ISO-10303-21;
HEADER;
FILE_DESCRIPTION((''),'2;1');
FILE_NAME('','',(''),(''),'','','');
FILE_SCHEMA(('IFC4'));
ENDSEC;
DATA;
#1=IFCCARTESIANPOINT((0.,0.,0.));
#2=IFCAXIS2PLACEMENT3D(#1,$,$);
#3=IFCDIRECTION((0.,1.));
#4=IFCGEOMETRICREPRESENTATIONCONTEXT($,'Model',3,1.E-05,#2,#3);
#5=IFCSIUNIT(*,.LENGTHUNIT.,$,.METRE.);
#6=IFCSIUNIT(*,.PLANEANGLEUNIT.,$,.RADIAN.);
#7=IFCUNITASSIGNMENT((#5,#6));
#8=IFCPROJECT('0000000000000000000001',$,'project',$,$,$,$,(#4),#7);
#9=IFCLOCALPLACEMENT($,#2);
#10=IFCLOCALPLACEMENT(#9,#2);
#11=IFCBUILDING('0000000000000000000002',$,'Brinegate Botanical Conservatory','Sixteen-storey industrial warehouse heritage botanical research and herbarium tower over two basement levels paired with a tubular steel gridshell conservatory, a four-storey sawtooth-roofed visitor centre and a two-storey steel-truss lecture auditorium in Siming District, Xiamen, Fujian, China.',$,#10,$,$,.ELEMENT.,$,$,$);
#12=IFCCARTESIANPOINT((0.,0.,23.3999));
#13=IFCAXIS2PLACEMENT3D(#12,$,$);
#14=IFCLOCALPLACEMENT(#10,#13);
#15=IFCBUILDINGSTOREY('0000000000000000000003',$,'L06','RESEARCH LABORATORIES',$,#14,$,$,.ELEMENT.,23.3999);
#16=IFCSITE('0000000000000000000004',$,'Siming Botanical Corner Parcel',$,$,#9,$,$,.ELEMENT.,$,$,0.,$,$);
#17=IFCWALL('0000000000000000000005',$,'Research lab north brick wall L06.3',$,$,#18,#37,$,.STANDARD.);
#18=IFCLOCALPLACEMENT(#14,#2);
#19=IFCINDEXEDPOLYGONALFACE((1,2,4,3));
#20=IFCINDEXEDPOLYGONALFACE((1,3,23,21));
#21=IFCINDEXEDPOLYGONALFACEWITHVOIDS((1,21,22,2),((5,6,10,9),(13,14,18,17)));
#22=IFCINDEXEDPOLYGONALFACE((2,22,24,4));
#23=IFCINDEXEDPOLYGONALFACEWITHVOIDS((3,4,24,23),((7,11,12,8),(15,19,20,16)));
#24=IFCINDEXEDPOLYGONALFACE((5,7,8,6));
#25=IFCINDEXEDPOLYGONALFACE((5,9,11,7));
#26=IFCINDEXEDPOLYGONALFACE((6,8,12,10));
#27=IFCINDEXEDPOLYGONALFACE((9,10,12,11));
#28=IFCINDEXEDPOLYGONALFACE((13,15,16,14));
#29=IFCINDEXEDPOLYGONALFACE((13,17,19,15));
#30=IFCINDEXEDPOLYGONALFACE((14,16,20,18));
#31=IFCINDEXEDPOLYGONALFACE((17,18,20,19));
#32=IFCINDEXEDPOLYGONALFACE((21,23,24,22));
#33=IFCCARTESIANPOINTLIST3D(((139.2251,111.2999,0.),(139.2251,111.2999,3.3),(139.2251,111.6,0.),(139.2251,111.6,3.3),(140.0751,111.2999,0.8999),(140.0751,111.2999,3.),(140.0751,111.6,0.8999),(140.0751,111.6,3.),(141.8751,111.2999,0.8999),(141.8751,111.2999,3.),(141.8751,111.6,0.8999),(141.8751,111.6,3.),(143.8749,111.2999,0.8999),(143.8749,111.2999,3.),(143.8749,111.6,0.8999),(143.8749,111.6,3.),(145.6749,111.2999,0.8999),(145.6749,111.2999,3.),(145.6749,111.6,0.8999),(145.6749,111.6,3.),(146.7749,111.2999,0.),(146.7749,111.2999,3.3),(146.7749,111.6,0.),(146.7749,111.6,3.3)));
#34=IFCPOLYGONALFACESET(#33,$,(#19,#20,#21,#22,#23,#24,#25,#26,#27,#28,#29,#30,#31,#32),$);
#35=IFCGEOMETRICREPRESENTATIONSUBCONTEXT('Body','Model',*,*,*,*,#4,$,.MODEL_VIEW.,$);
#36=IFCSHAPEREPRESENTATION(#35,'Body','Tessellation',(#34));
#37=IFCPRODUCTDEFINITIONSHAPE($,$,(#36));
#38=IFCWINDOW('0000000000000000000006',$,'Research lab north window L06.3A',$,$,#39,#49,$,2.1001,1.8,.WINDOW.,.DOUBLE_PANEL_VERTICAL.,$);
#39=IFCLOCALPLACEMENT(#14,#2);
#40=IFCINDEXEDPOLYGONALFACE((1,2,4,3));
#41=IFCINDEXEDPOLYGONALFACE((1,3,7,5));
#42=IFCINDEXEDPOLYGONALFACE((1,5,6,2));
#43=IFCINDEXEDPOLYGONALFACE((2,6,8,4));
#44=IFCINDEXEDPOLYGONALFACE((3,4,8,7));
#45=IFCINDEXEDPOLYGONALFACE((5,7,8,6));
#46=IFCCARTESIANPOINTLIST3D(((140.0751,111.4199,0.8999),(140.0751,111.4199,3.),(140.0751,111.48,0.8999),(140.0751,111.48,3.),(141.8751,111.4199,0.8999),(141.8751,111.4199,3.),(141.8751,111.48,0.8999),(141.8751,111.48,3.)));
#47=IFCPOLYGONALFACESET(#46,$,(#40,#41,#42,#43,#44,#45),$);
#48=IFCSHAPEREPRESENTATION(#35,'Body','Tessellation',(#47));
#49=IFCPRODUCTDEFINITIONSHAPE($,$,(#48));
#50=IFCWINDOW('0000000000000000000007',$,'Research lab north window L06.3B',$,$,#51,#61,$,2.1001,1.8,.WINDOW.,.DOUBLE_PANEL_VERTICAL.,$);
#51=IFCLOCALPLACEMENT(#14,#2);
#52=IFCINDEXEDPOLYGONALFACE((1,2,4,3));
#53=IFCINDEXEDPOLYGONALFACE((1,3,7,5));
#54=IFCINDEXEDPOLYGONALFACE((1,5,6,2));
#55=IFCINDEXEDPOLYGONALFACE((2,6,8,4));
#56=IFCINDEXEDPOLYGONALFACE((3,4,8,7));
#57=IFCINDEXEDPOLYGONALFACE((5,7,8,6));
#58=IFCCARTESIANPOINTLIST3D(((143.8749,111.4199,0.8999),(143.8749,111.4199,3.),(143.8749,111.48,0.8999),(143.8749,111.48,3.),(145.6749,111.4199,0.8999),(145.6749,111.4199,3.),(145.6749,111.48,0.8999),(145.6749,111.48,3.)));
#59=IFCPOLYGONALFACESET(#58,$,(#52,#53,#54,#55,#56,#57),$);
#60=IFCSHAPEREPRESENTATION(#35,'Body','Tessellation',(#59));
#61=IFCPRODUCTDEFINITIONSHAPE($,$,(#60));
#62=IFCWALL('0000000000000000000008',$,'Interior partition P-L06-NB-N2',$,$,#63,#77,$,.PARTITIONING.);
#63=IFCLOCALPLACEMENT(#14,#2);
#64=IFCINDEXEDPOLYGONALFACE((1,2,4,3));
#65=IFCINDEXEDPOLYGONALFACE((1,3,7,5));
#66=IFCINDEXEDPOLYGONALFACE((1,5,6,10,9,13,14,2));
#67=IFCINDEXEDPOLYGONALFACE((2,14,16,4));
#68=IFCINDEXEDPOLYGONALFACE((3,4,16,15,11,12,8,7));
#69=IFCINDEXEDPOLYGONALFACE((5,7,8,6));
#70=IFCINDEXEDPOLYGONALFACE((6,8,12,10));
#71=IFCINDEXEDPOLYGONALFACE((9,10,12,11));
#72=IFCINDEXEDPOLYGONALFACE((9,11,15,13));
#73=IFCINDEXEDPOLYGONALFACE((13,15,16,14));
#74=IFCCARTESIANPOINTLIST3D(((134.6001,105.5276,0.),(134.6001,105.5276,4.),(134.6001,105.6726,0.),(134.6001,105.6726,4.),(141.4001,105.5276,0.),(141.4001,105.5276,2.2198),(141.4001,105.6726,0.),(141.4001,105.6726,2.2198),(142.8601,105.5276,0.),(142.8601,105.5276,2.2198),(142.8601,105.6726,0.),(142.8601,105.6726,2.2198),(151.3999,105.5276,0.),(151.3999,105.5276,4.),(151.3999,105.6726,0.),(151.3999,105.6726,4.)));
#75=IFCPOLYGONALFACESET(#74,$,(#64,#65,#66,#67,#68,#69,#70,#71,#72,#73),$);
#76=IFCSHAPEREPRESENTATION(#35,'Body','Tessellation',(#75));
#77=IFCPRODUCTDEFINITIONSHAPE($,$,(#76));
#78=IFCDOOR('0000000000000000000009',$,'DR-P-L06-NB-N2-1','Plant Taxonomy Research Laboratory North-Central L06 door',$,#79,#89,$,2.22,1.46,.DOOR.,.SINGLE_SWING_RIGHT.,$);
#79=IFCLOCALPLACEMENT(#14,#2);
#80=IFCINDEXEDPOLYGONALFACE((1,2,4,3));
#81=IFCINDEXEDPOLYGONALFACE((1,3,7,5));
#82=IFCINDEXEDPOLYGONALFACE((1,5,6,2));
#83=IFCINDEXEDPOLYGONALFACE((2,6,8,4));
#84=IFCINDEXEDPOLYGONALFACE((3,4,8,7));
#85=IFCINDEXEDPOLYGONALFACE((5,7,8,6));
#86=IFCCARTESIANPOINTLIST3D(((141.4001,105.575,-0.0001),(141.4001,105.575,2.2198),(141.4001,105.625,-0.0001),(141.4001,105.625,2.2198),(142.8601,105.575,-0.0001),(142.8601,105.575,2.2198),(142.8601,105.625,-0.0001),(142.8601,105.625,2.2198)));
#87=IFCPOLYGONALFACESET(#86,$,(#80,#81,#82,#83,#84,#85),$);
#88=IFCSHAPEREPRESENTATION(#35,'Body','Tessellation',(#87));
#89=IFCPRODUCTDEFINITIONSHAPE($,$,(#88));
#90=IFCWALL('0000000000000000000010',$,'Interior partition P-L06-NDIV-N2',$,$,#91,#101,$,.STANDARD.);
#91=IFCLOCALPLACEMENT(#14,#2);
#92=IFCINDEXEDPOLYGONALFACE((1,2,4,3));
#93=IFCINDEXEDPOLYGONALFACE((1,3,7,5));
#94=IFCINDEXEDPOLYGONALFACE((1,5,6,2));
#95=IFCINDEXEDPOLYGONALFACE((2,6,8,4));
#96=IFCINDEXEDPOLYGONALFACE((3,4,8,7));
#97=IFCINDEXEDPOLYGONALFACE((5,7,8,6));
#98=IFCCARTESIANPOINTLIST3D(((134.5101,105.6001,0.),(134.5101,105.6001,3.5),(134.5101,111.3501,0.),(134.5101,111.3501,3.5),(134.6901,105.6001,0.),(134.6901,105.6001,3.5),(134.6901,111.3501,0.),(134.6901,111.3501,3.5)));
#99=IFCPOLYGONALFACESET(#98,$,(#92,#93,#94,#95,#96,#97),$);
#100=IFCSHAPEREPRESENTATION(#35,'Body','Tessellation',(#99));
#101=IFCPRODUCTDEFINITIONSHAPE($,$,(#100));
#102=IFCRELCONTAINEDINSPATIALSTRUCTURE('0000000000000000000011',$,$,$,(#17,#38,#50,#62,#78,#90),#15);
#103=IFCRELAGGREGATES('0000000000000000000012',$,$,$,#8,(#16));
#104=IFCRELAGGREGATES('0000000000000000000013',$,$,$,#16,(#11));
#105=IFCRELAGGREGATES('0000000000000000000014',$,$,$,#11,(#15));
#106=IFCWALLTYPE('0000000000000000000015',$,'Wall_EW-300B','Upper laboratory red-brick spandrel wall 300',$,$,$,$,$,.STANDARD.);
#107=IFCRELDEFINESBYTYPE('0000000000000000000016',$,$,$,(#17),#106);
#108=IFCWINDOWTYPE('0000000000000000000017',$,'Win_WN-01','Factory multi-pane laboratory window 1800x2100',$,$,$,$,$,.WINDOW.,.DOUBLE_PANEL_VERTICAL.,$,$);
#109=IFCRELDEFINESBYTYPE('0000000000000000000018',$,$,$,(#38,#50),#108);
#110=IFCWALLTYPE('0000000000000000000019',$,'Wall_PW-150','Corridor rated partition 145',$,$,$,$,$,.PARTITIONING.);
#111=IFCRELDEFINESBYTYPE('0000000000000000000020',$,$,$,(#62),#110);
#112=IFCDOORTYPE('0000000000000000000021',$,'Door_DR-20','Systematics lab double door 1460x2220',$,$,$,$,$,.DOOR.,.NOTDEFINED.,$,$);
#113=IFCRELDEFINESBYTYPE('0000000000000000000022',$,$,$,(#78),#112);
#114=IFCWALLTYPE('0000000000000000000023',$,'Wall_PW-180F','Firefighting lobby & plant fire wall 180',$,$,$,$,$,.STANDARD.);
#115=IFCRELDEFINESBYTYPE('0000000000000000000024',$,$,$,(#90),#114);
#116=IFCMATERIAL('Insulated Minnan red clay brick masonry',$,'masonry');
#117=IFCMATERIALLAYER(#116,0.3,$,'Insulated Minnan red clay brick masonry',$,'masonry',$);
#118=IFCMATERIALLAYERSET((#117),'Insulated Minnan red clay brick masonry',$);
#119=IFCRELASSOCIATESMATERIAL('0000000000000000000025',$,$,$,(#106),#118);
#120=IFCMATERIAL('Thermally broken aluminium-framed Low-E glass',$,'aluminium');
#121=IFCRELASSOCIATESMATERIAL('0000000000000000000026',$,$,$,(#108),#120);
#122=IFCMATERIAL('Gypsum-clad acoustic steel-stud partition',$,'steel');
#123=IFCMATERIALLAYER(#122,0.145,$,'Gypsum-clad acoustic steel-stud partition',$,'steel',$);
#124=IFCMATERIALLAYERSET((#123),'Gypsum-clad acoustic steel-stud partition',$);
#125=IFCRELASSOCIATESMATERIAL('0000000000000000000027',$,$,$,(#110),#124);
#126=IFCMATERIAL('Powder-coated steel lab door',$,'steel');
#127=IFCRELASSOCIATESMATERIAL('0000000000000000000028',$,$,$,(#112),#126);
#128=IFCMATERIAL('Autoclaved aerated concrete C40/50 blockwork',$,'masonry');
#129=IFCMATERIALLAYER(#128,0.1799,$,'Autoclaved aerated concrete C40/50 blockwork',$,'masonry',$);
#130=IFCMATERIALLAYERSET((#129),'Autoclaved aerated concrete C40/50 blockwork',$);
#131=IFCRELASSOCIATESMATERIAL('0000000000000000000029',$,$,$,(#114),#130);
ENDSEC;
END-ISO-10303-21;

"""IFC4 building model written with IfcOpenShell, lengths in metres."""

from ifc_helpers import new_model, si_unit, direction, frame, frame_2d, origin, place, context, subcontext, project, spatial, rectangle, extrude, material, layer, layer_set, type_object, element, fill, save


model = new_model("IFC4")

# Units and contexts
model_context = context("Model", 3, precision=1e-05, world=origin(), true_north=direction((0.0, 1.0)))
body_context = subcontext(model_context, "Body", "Model", "MODEL_VIEW")
ifc_project = project(units=[si_unit("LENGTHUNIT", "METRE"), si_unit("PLANEANGLEUNIT", "RADIAN")], contexts=[model_context])

# Site, building, storey
site_placement = place(None, origin())
site = spatial("IfcSite", under=ifc_project, at=site_placement, Name="Siming Botanical Corner Parcel", CompositionType="ELEMENT", RefElevation=0.0)
building_placement = place(site_placement, origin())
building = spatial("IfcBuilding", under=site, at=building_placement, Name="Brinegate Botanical Conservatory", Description="Sixteen-storey industrial warehouse heritage botanical research and herbarium tower over two basement levels paired with a tubular steel gridshell conservatory, a four-storey sawtooth-roofed visitor centre and a two-storey steel-truss lecture auditorium in Siming District, Xiamen, Fujian, China.", CompositionType="ELEMENT")
storey_placement = place(building_placement, frame((0.0, 0.0, 23.3999)))
storey = spatial("IfcBuildingStorey", under=building, at=storey_placement, Name="L06", Description="RESEARCH LABORATORIES", CompositionType="ELEMENT", Elevation=23.3999)

# Wall, openings, windows
ifc_material_1 = material(Name="Insulated Minnan red clay brick masonry", Category="masonry")
ifc_layer_1 = layer(ifc_material_1, 0.3, Name="Insulated Minnan red clay brick masonry", Category="masonry")
ifc_layer_set_1 = layer_set([ifc_layer_1], Name="Insulated Minnan red clay brick masonry")
wall_type_1 = type_object("IfcWallType", Name="Wall_EW-300B", Description="Upper laboratory red-brick spandrel wall 300", PredefinedType="STANDARD", material=ifc_layer_set_1)
wall_1_placement = place(storey_placement, frame((139.2251, 111.45, 0.0), z_axis=(0.0, 0.0, 1.0), x_axis=(1.0, 0.0, 0.0)))
wall_1 = element("IfcWall", 1, at=wall_1_placement, inside=storey, type_object=wall_type_1, Name="Research lab north brick wall L06.3", PredefinedType="STANDARD", context=body_context, shape_type="SweptSolid", body=[
    extrude(rectangle(XDim=7.5498, YDim=0.3, at=frame_2d((3.7749, 0.0))), origin(), (0.0, 0.0, 1.0), 3.3),
])
opening_1_placement = place(wall_1_placement, frame((0.8501, 0.0, 0.8999)))
opening_1 = element("IfcOpeningElement", 2, at=opening_1_placement, cuts=wall_1, PredefinedType="OPENING", context=body_context, shape_type="SweptSolid", body=[
    extrude(rectangle(XDim=1.8, YDim=2.1001, at=frame_2d((0.8999, 1.05))), frame((0.0, 0.1599, 0.0), z_axis=(0.0, -1.0, 0.0), x_axis=(1.0, 0.0, 0.0)), (0.0, 0.0, 1.0), 0.3201),
])
opening_2_placement = place(wall_1_placement, frame((4.6499, 0.0, 0.8999)))
opening_2 = element("IfcOpeningElement", 3, at=opening_2_placement, cuts=wall_1, PredefinedType="OPENING", context=body_context, shape_type="SweptSolid", body=[
    extrude(rectangle(XDim=1.8, YDim=2.1001, at=frame_2d((0.8999, 1.05))), frame((0.0, 0.1599, 0.0), z_axis=(0.0, -1.0, 0.0), x_axis=(1.0, 0.0, 0.0)), (0.0, 0.0, 1.0), 0.3201),
])
ifc_material_2 = material(Name="Thermally broken aluminium-framed Low-E glass", Category="aluminium")
window_type = type_object("IfcWindowType", Name="Win_WN-01", Description="Factory multi-pane laboratory window 1800x2100", PartitioningType="DOUBLE_PANEL_VERTICAL", PredefinedType="WINDOW", material=ifc_material_2)
window_1_placement = place(opening_1_placement, origin())
window_1 = element("IfcWindow", 4, at=window_1_placement, inside=storey, type_object=window_type, Name="Research lab north window L06.3A", OverallHeight=2.1001, OverallWidth=1.8, PartitioningType="DOUBLE_PANEL_VERTICAL", PredefinedType="WINDOW", context=body_context, shape_type="SweptSolid", body=[
    extrude(rectangle(XDim=1.8, YDim=2.1001, at=frame_2d((0.8999, 1.05))), frame((0.0, 0.03, 0.0), z_axis=(0.0, -1.0, 0.0), x_axis=(1.0, 0.0, 0.0)), (0.0, 0.0, 1.0), 0.0601),
])
fill(opening_1, window_1)
window_2_placement = place(opening_2_placement, origin())
window_2 = element("IfcWindow", 5, at=window_2_placement, inside=storey, type_object=window_type, Name="Research lab north window L06.3B", OverallHeight=2.1001, OverallWidth=1.8, PartitioningType="DOUBLE_PANEL_VERTICAL", PredefinedType="WINDOW", context=body_context, shape_type="SweptSolid", body=[
    extrude(rectangle(XDim=1.8, YDim=2.1001, at=frame_2d((0.8999, 1.05))), frame((0.0, 0.03, 0.0), z_axis=(0.0, -1.0, 0.0), x_axis=(1.0, 0.0, 0.0)), (0.0, 0.0, 1.0), 0.0601),
])
fill(opening_2, window_2)

# Wall, opening, door
ifc_material_3 = material(Name="Gypsum-clad acoustic steel-stud partition", Category="steel")
ifc_layer_2 = layer(ifc_material_3, 0.145, Name="Gypsum-clad acoustic steel-stud partition", Category="steel")
ifc_layer_set_2 = layer_set([ifc_layer_2], Name="Gypsum-clad acoustic steel-stud partition")
wall_type_2 = type_object("IfcWallType", Name="Wall_PW-150", Description="Corridor rated partition 145", PredefinedType="PARTITIONING", material=ifc_layer_set_2)
wall_2_placement = place(storey_placement, frame((134.6001, 105.6001, 0.0), z_axis=(0.0, 0.0, 1.0), x_axis=(1.0, 0.0, 0.0)))
wall_2 = element("IfcWall", 6, at=wall_2_placement, inside=storey, type_object=wall_type_2, Name="Interior partition P-L06-NB-N2", PredefinedType="PARTITIONING", context=body_context, shape_type="SweptSolid", body=[
    extrude(rectangle(XDim=16.7998, YDim=0.145, at=frame_2d((8.3999, 0.0))), origin(), (0.0, 0.0, 1.0), 4.0),
])
opening_3_placement = place(wall_2_placement, frame((6.8, 0.0, 0.0)))
opening_3 = element("IfcOpeningElement", 7, at=opening_3_placement, cuts=wall_2, PredefinedType="OPENING", context=body_context, shape_type="SweptSolid", body=[
    extrude(rectangle(XDim=1.46, YDim=2.22, at=frame_2d((0.73, 1.1099))), frame((0.0, 0.0825, 0.0), z_axis=(0.0, -1.0, 0.0), x_axis=(1.0, 0.0, 0.0)), (0.0, 0.0, 1.0), 0.165),
])
ifc_material_4 = material(Name="Powder-coated steel lab door", Category="steel")
door_type = type_object("IfcDoorType", Name="Door_DR-20", Description="Systematics lab double door 1460x2220", OperationType="NOTDEFINED", PredefinedType="DOOR", material=ifc_material_4)
door_placement = place(opening_3_placement, origin())
door = element("IfcDoor", 8, at=door_placement, inside=storey, type_object=door_type, Name="DR-P-L06-NB-N2-1", Description="Plant Taxonomy Research Laboratory North-Central L06 door", OperationType="SINGLE_SWING_RIGHT", OverallHeight=2.22, OverallWidth=1.46, PredefinedType="DOOR", context=body_context, shape_type="SweptSolid", body=[
    extrude(rectangle(XDim=1.46, YDim=2.22, at=frame_2d((0.73, 1.1099))), frame((0.0, 0.0249, 0.0), z_axis=(0.0, -1.0, 0.0), x_axis=(1.0, 0.0, 0.0)), (0.0, 0.0, 1.0), 0.05),
])
fill(opening_3, door)

# Wall
ifc_material_5 = material(Name="Autoclaved aerated concrete C40/50 blockwork", Category="masonry")
ifc_layer_3 = layer(ifc_material_5, 0.1799, Name="Autoclaved aerated concrete C40/50 blockwork", Category="masonry")
ifc_layer_set_3 = layer_set([ifc_layer_3], Name="Autoclaved aerated concrete C40/50 blockwork")
wall_type_3 = type_object("IfcWallType", Name="Wall_PW-180F", Description="Firefighting lobby & plant fire wall 180", PredefinedType="STANDARD", material=ifc_layer_set_3)
wall_3_placement = place(storey_placement, frame((134.6001, 105.6001, 0.0), z_axis=(0.0, 0.0, 1.0), x_axis=(0.0, 1.0, 0.0)))
element("IfcWall", 9, at=wall_3_placement, inside=storey, type_object=wall_type_3, Name="Interior partition P-L06-NDIV-N2", PredefinedType="STANDARD", context=body_context, shape_type="SweptSolid", body=[
    extrude(rectangle(XDim=5.75, YDim=0.1799, at=frame_2d((2.875, 0.0))), origin(), (0.0, 0.0, 1.0), 3.5),
])

save(model, "model.ifc")
